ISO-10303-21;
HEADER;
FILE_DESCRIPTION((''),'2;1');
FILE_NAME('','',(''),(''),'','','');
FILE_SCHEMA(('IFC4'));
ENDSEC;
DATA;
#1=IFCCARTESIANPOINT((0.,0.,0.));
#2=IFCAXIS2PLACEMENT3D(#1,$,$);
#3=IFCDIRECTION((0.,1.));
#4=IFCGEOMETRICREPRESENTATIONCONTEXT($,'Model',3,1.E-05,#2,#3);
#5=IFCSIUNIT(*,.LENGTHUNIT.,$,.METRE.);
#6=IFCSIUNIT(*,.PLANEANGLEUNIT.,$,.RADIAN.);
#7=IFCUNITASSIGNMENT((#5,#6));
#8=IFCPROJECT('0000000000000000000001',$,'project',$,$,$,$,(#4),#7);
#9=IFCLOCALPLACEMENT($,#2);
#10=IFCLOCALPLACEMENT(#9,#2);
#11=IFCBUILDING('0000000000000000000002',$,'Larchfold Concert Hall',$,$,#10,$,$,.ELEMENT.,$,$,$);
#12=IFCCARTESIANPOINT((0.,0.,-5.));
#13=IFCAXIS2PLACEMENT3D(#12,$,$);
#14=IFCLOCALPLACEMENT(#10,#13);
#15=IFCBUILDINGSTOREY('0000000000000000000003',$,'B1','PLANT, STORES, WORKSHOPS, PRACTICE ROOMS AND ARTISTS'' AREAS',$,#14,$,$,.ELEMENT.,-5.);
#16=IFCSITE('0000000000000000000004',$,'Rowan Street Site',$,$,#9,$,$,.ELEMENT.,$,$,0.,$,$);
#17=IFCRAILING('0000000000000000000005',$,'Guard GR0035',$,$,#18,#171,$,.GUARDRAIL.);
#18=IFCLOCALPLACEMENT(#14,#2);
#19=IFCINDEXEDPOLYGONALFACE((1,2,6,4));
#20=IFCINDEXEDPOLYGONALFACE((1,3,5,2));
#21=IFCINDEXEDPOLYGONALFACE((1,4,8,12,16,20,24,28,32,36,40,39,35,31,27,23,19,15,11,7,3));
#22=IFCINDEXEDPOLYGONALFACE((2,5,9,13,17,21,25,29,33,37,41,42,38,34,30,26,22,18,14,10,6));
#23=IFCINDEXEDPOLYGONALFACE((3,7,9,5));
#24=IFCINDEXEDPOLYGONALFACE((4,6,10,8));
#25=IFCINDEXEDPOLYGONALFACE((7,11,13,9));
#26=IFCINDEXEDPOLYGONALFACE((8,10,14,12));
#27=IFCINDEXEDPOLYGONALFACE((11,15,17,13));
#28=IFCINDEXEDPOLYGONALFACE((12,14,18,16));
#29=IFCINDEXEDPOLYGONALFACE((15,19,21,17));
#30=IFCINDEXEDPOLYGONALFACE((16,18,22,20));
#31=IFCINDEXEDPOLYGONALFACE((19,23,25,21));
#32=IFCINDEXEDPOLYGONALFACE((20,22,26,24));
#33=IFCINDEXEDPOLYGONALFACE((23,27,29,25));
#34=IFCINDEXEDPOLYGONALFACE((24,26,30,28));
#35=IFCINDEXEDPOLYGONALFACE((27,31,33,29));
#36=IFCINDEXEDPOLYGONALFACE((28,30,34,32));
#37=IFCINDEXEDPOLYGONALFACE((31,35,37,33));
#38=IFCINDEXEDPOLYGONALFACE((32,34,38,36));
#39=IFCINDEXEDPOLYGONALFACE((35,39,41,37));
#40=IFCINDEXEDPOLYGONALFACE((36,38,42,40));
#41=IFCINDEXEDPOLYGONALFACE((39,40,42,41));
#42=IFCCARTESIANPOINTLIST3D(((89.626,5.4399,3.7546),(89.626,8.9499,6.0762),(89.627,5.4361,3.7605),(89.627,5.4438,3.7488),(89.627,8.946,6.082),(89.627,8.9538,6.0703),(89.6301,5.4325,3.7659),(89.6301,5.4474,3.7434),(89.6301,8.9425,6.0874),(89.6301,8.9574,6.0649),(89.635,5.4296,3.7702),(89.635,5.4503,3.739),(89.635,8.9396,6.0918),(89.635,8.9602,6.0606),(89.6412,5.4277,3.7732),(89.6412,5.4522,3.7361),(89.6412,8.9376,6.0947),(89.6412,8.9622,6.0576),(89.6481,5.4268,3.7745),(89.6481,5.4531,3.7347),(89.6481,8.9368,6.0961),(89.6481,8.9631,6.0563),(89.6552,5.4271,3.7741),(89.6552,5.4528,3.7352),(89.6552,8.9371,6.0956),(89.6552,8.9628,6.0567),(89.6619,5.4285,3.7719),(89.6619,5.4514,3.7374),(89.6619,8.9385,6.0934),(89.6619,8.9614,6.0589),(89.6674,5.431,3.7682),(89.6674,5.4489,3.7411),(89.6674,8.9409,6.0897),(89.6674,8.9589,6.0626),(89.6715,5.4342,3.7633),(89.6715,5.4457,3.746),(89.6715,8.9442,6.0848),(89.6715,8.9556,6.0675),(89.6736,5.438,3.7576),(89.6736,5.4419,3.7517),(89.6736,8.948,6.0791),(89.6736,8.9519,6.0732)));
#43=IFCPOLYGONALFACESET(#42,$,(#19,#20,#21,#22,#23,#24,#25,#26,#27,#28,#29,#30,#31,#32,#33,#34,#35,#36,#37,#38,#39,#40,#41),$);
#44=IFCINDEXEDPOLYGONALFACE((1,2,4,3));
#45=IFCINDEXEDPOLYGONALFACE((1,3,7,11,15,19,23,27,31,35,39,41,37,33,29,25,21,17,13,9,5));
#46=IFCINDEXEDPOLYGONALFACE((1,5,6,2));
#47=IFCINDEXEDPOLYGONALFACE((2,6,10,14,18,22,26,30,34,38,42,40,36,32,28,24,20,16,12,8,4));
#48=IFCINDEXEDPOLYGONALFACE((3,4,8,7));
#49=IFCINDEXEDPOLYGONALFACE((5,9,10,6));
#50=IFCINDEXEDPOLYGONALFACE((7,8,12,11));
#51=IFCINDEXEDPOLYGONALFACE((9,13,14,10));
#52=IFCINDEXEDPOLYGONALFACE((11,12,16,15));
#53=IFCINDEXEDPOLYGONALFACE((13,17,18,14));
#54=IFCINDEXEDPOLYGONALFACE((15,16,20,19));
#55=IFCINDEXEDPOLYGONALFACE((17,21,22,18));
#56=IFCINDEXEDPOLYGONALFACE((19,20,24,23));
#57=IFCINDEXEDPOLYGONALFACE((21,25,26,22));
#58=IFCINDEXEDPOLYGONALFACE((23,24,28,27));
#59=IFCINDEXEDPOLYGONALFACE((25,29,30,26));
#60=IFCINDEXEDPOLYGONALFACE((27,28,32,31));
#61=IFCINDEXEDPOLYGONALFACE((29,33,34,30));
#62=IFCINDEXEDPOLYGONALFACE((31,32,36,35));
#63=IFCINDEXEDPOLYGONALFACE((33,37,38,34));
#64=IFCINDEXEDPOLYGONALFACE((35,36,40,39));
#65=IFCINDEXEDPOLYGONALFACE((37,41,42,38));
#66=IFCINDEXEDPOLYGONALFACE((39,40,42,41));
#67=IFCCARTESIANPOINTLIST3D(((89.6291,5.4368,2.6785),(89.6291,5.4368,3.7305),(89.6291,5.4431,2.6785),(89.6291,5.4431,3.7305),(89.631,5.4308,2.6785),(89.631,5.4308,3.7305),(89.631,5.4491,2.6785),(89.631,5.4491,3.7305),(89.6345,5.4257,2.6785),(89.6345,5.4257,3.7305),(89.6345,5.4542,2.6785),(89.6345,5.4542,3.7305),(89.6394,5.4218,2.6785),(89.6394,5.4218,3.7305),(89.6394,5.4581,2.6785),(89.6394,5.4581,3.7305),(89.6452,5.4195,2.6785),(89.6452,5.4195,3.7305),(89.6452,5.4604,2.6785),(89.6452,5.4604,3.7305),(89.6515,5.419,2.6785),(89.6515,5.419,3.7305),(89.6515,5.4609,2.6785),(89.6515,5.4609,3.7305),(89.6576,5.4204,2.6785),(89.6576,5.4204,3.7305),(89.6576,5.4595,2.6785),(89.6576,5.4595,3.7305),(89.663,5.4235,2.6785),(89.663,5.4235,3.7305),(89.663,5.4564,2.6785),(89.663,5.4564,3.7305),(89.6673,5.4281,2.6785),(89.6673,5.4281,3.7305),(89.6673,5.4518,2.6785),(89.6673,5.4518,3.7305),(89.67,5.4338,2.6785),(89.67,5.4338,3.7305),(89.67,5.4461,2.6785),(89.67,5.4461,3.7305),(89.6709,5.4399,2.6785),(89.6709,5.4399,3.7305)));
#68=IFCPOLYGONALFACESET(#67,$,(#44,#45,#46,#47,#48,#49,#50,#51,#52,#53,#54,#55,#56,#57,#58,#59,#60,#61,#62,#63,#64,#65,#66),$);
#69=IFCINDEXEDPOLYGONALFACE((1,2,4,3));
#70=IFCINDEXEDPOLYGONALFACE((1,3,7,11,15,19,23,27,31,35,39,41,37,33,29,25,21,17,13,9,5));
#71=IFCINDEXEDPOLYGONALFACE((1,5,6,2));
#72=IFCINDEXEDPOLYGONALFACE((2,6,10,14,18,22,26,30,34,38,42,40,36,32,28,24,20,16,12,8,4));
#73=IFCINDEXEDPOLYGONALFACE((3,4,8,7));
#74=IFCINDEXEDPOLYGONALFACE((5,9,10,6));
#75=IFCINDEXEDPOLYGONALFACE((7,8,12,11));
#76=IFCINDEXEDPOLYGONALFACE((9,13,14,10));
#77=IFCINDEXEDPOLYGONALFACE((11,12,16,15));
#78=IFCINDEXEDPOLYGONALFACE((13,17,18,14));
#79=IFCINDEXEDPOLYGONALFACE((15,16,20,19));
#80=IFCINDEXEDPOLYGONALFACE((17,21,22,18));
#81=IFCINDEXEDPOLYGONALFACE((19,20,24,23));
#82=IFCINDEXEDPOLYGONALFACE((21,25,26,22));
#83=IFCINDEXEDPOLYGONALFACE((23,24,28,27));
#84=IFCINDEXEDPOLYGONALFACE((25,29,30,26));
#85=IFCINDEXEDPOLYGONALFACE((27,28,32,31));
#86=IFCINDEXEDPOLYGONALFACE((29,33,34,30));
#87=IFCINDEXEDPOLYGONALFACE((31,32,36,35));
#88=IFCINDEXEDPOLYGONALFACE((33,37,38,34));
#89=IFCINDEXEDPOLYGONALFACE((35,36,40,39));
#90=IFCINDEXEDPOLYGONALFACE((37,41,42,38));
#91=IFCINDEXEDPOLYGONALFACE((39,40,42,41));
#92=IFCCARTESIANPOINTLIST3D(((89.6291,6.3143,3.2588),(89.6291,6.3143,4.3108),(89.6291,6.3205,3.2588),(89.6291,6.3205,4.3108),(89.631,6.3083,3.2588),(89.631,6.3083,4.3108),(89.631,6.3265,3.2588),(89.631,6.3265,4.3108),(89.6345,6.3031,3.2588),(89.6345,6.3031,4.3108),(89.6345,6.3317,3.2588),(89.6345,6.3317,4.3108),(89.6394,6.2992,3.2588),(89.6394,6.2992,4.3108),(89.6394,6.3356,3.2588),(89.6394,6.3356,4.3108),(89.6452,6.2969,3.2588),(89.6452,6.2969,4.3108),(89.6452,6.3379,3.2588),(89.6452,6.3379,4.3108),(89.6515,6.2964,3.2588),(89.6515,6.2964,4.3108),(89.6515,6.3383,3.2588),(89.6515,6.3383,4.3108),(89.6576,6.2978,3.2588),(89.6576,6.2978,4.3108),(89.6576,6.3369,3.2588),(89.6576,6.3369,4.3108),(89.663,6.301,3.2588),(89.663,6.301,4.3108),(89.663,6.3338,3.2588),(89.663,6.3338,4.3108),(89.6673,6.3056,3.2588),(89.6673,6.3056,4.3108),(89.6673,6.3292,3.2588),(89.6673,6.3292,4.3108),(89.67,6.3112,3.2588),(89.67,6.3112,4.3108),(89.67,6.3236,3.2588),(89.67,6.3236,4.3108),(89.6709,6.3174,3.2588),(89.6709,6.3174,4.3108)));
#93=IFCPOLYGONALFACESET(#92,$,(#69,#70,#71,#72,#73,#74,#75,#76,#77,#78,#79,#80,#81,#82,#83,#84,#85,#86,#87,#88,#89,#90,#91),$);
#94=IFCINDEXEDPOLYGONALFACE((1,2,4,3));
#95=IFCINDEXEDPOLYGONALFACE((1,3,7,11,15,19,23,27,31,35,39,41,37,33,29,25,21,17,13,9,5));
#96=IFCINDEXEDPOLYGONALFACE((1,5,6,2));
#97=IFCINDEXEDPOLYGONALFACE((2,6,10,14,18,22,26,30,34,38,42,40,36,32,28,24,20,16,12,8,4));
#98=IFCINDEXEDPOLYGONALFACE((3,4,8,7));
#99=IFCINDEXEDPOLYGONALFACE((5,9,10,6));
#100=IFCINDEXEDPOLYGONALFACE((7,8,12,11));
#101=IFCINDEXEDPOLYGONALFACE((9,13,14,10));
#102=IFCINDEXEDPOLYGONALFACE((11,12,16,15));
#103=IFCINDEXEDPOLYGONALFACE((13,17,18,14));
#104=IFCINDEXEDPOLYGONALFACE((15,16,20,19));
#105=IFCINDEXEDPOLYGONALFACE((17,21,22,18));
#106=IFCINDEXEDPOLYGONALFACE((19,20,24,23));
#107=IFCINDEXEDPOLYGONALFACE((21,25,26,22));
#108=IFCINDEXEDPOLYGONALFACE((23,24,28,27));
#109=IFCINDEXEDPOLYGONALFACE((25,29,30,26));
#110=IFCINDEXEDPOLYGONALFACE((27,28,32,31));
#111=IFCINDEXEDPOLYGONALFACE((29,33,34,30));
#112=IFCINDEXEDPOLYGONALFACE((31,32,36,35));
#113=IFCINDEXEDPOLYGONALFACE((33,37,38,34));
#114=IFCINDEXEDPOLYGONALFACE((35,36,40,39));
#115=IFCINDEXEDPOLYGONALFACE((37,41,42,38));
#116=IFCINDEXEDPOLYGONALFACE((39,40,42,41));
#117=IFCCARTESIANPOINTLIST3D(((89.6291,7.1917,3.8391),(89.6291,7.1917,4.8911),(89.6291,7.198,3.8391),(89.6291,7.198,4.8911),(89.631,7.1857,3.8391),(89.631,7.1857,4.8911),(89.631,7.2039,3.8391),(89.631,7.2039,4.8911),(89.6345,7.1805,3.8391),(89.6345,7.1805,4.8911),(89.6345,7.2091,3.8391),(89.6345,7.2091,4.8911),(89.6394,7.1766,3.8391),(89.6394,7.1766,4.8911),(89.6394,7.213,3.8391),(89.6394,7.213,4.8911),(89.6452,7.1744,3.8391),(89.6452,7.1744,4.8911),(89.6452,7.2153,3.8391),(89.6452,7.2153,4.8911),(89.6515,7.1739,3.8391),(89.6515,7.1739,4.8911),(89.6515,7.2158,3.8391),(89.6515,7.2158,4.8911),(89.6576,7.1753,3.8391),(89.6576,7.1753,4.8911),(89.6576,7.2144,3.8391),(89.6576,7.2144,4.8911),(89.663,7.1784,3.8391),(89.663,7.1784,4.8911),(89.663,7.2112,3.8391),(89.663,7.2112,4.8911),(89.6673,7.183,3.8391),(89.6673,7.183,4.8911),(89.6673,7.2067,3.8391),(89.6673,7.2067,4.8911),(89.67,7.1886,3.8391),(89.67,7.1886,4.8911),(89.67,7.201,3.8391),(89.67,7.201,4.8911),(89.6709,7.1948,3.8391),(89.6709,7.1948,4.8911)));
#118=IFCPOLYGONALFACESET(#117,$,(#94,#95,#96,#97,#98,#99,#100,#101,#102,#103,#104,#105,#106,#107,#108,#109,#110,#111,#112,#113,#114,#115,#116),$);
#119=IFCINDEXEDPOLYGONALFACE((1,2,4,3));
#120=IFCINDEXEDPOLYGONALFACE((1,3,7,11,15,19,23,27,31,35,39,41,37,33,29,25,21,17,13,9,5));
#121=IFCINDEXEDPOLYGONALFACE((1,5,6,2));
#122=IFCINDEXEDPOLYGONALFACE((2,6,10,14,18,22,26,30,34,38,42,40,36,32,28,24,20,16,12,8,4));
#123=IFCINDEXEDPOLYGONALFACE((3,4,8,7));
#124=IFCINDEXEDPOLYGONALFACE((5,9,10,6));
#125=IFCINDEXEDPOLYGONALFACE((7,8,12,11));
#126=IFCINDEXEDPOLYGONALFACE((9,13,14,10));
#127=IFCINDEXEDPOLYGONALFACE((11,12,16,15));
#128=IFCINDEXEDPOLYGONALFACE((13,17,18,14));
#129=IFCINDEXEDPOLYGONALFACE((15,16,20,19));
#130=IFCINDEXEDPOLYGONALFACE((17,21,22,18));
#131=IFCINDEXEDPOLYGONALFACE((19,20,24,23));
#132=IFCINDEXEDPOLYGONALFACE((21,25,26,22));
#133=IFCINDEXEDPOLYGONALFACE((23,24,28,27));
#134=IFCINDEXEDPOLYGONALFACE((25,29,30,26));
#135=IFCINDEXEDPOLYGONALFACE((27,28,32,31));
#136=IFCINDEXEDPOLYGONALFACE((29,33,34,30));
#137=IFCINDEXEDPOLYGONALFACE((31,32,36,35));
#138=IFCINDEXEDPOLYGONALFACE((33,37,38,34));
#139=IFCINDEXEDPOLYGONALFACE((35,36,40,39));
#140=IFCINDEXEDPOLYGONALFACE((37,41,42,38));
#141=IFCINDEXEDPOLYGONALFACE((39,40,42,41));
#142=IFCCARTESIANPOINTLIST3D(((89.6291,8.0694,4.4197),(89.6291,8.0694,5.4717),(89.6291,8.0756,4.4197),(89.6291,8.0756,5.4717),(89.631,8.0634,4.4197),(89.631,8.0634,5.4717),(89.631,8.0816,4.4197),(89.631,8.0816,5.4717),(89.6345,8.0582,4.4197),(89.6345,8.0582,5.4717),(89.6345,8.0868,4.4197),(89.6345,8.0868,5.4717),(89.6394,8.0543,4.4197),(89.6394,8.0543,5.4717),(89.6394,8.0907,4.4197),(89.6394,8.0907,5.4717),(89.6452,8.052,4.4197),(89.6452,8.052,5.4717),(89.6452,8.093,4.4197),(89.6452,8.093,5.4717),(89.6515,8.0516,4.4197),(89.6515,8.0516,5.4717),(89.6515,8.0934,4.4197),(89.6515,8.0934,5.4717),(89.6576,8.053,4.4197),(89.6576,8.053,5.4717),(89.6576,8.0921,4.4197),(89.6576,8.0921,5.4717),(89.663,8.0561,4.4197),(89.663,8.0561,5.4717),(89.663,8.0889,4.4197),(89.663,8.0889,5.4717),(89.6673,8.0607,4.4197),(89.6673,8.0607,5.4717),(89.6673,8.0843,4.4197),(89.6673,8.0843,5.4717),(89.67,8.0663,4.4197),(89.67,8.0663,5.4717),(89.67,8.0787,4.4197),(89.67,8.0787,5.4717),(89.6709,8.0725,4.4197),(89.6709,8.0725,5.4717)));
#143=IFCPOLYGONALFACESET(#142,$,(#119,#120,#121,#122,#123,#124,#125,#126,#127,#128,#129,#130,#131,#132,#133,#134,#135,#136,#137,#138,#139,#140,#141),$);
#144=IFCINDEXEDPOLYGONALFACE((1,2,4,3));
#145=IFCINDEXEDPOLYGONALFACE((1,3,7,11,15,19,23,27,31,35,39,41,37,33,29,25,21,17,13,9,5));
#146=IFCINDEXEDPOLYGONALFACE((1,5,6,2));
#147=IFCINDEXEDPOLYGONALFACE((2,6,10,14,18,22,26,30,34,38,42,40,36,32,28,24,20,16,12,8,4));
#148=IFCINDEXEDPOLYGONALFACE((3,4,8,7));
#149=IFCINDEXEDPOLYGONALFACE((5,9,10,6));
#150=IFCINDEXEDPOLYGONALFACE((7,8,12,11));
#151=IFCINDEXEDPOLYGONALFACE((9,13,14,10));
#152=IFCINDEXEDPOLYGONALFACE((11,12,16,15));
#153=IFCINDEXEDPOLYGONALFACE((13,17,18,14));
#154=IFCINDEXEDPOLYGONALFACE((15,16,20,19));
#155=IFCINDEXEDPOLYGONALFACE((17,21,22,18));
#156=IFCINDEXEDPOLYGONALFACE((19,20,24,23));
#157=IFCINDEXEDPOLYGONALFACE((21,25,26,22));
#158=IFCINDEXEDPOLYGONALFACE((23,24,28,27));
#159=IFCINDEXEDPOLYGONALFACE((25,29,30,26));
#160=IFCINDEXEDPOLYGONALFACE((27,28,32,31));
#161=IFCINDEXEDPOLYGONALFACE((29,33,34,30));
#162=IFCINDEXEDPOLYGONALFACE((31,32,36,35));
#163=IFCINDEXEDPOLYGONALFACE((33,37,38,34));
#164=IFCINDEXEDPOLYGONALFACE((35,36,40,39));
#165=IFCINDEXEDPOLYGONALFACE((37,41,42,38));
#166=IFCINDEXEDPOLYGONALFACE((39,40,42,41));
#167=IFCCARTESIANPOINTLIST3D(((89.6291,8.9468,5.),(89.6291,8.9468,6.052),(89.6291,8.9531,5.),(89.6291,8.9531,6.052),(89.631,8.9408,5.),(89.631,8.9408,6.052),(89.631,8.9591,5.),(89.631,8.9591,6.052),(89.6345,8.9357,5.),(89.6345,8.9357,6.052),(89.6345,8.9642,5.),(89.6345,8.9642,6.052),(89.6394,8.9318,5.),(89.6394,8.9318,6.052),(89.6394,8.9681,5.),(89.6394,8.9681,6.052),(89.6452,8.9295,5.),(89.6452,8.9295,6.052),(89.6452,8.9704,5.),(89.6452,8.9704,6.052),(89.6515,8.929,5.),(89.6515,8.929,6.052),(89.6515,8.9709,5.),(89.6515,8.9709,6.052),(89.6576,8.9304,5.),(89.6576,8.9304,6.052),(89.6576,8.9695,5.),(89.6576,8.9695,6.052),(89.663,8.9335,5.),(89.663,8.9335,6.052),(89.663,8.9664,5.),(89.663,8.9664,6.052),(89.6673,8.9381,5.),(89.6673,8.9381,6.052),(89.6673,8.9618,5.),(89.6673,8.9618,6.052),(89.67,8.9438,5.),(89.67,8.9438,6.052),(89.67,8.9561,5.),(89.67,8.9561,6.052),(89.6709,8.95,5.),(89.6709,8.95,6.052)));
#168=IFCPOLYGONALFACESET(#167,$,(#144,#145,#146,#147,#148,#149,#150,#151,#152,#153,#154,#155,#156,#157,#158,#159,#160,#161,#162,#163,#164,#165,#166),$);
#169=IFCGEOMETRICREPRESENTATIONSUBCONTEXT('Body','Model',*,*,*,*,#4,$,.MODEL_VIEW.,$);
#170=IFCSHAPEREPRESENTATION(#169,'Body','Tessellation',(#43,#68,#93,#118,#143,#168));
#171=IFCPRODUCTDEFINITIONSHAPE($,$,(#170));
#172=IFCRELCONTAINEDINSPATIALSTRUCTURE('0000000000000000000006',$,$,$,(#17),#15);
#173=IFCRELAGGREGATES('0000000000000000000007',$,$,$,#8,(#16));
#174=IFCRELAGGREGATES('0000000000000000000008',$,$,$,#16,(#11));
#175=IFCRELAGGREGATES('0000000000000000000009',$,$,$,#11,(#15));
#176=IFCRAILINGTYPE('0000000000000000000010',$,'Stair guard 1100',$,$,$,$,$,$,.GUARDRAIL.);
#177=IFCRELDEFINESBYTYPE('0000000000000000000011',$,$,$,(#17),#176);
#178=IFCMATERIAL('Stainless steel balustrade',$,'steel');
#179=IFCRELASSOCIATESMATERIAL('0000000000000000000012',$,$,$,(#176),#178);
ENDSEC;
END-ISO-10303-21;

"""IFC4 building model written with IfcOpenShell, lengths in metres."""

from ifc_helpers import new_model, si_unit, direction, frame, origin, origin_2d, place, context, subcontext, project, spatial, circle, extrude, material, type_object, element, save


model = new_model("IFC4")

# Units and contexts
model_context = context("Model", 3, precision=1e-05, world=origin(), true_north=direction((0.0, 1.0)))
body_context = subcontext(model_context, "Body", "Model", "MODEL_VIEW")
ifc_project = project(units=[si_unit("LENGTHUNIT", "METRE"), si_unit("PLANEANGLEUNIT", "RADIAN")], contexts=[model_context])

# Site, building, storey
site_placement = place(None, origin())
site = spatial("IfcSite", under=ifc_project, at=site_placement, Name="Rowan Street Site", CompositionType="ELEMENT", RefElevation=0.0)
building_placement = place(site_placement, origin())
building = spatial("IfcBuilding", under=site, at=building_placement, Name="Larchfold Concert Hall", CompositionType="ELEMENT")
storey_placement = place(building_placement, frame((0.0, 0.0, -5.0)))
storey = spatial("IfcBuildingStorey", under=building, at=storey_placement, Name="B1", Description="PLANT, STORES, WORKSHOPS, PRACTICE ROOMS AND ARTISTS' AREAS", CompositionType="ELEMENT", Elevation=-5.0)

# Railing
ifc_material_1 = material(Name="Stainless steel balustrade", Category="steel")
railing_type_1 = type_object("IfcRailingType", Name="Stair guard 1100", PredefinedType="GUARDRAIL", material=ifc_material_1)
railing_1_placement = place(storey_placement, frame((89.6499, 5.4399, 2.6785)))
element("IfcRailing", 1, at=railing_1_placement, inside=storey, type_object=railing_type_1, Name="Guard GR0035", PredefinedType="GUARDRAIL", context=body_context, shape_type="SweptSolid", body=[
    extrude(circle(Radius=0.0239, at=origin_2d()), frame((0.0, 0.0, 1.0762), z_axis=(0.0, 0.834071, 0.551657), x_axis=(-1.0, 0.0, 0.0)), (0.0, 0.0, 1.0), 4.2083),
    extrude(circle(Radius=0.021, at=origin_2d()), origin(), (0.0, 0.0, 1.0), 1.052),
    extrude(circle(Radius=0.021, at=origin_2d()), frame((0.0, 0.8774, 0.5803)), (0.0, 0.0, 1.0), 1.052),
    extrude(circle(Radius=0.021, at=origin_2d()), frame((0.0, 1.7549, 1.1606)), (0.0, 0.0, 1.0), 1.052),
    extrude(circle(Radius=0.021, at=origin_2d()), frame((0.0, 2.6326, 1.7412)), (0.0, 0.0, 1.0), 1.052),
    extrude(circle(Radius=0.021, at=origin_2d()), frame((0.0, 3.51, 2.3215)), (0.0, 0.0, 1.0), 1.052),
])

save(model, "model.ifc")
